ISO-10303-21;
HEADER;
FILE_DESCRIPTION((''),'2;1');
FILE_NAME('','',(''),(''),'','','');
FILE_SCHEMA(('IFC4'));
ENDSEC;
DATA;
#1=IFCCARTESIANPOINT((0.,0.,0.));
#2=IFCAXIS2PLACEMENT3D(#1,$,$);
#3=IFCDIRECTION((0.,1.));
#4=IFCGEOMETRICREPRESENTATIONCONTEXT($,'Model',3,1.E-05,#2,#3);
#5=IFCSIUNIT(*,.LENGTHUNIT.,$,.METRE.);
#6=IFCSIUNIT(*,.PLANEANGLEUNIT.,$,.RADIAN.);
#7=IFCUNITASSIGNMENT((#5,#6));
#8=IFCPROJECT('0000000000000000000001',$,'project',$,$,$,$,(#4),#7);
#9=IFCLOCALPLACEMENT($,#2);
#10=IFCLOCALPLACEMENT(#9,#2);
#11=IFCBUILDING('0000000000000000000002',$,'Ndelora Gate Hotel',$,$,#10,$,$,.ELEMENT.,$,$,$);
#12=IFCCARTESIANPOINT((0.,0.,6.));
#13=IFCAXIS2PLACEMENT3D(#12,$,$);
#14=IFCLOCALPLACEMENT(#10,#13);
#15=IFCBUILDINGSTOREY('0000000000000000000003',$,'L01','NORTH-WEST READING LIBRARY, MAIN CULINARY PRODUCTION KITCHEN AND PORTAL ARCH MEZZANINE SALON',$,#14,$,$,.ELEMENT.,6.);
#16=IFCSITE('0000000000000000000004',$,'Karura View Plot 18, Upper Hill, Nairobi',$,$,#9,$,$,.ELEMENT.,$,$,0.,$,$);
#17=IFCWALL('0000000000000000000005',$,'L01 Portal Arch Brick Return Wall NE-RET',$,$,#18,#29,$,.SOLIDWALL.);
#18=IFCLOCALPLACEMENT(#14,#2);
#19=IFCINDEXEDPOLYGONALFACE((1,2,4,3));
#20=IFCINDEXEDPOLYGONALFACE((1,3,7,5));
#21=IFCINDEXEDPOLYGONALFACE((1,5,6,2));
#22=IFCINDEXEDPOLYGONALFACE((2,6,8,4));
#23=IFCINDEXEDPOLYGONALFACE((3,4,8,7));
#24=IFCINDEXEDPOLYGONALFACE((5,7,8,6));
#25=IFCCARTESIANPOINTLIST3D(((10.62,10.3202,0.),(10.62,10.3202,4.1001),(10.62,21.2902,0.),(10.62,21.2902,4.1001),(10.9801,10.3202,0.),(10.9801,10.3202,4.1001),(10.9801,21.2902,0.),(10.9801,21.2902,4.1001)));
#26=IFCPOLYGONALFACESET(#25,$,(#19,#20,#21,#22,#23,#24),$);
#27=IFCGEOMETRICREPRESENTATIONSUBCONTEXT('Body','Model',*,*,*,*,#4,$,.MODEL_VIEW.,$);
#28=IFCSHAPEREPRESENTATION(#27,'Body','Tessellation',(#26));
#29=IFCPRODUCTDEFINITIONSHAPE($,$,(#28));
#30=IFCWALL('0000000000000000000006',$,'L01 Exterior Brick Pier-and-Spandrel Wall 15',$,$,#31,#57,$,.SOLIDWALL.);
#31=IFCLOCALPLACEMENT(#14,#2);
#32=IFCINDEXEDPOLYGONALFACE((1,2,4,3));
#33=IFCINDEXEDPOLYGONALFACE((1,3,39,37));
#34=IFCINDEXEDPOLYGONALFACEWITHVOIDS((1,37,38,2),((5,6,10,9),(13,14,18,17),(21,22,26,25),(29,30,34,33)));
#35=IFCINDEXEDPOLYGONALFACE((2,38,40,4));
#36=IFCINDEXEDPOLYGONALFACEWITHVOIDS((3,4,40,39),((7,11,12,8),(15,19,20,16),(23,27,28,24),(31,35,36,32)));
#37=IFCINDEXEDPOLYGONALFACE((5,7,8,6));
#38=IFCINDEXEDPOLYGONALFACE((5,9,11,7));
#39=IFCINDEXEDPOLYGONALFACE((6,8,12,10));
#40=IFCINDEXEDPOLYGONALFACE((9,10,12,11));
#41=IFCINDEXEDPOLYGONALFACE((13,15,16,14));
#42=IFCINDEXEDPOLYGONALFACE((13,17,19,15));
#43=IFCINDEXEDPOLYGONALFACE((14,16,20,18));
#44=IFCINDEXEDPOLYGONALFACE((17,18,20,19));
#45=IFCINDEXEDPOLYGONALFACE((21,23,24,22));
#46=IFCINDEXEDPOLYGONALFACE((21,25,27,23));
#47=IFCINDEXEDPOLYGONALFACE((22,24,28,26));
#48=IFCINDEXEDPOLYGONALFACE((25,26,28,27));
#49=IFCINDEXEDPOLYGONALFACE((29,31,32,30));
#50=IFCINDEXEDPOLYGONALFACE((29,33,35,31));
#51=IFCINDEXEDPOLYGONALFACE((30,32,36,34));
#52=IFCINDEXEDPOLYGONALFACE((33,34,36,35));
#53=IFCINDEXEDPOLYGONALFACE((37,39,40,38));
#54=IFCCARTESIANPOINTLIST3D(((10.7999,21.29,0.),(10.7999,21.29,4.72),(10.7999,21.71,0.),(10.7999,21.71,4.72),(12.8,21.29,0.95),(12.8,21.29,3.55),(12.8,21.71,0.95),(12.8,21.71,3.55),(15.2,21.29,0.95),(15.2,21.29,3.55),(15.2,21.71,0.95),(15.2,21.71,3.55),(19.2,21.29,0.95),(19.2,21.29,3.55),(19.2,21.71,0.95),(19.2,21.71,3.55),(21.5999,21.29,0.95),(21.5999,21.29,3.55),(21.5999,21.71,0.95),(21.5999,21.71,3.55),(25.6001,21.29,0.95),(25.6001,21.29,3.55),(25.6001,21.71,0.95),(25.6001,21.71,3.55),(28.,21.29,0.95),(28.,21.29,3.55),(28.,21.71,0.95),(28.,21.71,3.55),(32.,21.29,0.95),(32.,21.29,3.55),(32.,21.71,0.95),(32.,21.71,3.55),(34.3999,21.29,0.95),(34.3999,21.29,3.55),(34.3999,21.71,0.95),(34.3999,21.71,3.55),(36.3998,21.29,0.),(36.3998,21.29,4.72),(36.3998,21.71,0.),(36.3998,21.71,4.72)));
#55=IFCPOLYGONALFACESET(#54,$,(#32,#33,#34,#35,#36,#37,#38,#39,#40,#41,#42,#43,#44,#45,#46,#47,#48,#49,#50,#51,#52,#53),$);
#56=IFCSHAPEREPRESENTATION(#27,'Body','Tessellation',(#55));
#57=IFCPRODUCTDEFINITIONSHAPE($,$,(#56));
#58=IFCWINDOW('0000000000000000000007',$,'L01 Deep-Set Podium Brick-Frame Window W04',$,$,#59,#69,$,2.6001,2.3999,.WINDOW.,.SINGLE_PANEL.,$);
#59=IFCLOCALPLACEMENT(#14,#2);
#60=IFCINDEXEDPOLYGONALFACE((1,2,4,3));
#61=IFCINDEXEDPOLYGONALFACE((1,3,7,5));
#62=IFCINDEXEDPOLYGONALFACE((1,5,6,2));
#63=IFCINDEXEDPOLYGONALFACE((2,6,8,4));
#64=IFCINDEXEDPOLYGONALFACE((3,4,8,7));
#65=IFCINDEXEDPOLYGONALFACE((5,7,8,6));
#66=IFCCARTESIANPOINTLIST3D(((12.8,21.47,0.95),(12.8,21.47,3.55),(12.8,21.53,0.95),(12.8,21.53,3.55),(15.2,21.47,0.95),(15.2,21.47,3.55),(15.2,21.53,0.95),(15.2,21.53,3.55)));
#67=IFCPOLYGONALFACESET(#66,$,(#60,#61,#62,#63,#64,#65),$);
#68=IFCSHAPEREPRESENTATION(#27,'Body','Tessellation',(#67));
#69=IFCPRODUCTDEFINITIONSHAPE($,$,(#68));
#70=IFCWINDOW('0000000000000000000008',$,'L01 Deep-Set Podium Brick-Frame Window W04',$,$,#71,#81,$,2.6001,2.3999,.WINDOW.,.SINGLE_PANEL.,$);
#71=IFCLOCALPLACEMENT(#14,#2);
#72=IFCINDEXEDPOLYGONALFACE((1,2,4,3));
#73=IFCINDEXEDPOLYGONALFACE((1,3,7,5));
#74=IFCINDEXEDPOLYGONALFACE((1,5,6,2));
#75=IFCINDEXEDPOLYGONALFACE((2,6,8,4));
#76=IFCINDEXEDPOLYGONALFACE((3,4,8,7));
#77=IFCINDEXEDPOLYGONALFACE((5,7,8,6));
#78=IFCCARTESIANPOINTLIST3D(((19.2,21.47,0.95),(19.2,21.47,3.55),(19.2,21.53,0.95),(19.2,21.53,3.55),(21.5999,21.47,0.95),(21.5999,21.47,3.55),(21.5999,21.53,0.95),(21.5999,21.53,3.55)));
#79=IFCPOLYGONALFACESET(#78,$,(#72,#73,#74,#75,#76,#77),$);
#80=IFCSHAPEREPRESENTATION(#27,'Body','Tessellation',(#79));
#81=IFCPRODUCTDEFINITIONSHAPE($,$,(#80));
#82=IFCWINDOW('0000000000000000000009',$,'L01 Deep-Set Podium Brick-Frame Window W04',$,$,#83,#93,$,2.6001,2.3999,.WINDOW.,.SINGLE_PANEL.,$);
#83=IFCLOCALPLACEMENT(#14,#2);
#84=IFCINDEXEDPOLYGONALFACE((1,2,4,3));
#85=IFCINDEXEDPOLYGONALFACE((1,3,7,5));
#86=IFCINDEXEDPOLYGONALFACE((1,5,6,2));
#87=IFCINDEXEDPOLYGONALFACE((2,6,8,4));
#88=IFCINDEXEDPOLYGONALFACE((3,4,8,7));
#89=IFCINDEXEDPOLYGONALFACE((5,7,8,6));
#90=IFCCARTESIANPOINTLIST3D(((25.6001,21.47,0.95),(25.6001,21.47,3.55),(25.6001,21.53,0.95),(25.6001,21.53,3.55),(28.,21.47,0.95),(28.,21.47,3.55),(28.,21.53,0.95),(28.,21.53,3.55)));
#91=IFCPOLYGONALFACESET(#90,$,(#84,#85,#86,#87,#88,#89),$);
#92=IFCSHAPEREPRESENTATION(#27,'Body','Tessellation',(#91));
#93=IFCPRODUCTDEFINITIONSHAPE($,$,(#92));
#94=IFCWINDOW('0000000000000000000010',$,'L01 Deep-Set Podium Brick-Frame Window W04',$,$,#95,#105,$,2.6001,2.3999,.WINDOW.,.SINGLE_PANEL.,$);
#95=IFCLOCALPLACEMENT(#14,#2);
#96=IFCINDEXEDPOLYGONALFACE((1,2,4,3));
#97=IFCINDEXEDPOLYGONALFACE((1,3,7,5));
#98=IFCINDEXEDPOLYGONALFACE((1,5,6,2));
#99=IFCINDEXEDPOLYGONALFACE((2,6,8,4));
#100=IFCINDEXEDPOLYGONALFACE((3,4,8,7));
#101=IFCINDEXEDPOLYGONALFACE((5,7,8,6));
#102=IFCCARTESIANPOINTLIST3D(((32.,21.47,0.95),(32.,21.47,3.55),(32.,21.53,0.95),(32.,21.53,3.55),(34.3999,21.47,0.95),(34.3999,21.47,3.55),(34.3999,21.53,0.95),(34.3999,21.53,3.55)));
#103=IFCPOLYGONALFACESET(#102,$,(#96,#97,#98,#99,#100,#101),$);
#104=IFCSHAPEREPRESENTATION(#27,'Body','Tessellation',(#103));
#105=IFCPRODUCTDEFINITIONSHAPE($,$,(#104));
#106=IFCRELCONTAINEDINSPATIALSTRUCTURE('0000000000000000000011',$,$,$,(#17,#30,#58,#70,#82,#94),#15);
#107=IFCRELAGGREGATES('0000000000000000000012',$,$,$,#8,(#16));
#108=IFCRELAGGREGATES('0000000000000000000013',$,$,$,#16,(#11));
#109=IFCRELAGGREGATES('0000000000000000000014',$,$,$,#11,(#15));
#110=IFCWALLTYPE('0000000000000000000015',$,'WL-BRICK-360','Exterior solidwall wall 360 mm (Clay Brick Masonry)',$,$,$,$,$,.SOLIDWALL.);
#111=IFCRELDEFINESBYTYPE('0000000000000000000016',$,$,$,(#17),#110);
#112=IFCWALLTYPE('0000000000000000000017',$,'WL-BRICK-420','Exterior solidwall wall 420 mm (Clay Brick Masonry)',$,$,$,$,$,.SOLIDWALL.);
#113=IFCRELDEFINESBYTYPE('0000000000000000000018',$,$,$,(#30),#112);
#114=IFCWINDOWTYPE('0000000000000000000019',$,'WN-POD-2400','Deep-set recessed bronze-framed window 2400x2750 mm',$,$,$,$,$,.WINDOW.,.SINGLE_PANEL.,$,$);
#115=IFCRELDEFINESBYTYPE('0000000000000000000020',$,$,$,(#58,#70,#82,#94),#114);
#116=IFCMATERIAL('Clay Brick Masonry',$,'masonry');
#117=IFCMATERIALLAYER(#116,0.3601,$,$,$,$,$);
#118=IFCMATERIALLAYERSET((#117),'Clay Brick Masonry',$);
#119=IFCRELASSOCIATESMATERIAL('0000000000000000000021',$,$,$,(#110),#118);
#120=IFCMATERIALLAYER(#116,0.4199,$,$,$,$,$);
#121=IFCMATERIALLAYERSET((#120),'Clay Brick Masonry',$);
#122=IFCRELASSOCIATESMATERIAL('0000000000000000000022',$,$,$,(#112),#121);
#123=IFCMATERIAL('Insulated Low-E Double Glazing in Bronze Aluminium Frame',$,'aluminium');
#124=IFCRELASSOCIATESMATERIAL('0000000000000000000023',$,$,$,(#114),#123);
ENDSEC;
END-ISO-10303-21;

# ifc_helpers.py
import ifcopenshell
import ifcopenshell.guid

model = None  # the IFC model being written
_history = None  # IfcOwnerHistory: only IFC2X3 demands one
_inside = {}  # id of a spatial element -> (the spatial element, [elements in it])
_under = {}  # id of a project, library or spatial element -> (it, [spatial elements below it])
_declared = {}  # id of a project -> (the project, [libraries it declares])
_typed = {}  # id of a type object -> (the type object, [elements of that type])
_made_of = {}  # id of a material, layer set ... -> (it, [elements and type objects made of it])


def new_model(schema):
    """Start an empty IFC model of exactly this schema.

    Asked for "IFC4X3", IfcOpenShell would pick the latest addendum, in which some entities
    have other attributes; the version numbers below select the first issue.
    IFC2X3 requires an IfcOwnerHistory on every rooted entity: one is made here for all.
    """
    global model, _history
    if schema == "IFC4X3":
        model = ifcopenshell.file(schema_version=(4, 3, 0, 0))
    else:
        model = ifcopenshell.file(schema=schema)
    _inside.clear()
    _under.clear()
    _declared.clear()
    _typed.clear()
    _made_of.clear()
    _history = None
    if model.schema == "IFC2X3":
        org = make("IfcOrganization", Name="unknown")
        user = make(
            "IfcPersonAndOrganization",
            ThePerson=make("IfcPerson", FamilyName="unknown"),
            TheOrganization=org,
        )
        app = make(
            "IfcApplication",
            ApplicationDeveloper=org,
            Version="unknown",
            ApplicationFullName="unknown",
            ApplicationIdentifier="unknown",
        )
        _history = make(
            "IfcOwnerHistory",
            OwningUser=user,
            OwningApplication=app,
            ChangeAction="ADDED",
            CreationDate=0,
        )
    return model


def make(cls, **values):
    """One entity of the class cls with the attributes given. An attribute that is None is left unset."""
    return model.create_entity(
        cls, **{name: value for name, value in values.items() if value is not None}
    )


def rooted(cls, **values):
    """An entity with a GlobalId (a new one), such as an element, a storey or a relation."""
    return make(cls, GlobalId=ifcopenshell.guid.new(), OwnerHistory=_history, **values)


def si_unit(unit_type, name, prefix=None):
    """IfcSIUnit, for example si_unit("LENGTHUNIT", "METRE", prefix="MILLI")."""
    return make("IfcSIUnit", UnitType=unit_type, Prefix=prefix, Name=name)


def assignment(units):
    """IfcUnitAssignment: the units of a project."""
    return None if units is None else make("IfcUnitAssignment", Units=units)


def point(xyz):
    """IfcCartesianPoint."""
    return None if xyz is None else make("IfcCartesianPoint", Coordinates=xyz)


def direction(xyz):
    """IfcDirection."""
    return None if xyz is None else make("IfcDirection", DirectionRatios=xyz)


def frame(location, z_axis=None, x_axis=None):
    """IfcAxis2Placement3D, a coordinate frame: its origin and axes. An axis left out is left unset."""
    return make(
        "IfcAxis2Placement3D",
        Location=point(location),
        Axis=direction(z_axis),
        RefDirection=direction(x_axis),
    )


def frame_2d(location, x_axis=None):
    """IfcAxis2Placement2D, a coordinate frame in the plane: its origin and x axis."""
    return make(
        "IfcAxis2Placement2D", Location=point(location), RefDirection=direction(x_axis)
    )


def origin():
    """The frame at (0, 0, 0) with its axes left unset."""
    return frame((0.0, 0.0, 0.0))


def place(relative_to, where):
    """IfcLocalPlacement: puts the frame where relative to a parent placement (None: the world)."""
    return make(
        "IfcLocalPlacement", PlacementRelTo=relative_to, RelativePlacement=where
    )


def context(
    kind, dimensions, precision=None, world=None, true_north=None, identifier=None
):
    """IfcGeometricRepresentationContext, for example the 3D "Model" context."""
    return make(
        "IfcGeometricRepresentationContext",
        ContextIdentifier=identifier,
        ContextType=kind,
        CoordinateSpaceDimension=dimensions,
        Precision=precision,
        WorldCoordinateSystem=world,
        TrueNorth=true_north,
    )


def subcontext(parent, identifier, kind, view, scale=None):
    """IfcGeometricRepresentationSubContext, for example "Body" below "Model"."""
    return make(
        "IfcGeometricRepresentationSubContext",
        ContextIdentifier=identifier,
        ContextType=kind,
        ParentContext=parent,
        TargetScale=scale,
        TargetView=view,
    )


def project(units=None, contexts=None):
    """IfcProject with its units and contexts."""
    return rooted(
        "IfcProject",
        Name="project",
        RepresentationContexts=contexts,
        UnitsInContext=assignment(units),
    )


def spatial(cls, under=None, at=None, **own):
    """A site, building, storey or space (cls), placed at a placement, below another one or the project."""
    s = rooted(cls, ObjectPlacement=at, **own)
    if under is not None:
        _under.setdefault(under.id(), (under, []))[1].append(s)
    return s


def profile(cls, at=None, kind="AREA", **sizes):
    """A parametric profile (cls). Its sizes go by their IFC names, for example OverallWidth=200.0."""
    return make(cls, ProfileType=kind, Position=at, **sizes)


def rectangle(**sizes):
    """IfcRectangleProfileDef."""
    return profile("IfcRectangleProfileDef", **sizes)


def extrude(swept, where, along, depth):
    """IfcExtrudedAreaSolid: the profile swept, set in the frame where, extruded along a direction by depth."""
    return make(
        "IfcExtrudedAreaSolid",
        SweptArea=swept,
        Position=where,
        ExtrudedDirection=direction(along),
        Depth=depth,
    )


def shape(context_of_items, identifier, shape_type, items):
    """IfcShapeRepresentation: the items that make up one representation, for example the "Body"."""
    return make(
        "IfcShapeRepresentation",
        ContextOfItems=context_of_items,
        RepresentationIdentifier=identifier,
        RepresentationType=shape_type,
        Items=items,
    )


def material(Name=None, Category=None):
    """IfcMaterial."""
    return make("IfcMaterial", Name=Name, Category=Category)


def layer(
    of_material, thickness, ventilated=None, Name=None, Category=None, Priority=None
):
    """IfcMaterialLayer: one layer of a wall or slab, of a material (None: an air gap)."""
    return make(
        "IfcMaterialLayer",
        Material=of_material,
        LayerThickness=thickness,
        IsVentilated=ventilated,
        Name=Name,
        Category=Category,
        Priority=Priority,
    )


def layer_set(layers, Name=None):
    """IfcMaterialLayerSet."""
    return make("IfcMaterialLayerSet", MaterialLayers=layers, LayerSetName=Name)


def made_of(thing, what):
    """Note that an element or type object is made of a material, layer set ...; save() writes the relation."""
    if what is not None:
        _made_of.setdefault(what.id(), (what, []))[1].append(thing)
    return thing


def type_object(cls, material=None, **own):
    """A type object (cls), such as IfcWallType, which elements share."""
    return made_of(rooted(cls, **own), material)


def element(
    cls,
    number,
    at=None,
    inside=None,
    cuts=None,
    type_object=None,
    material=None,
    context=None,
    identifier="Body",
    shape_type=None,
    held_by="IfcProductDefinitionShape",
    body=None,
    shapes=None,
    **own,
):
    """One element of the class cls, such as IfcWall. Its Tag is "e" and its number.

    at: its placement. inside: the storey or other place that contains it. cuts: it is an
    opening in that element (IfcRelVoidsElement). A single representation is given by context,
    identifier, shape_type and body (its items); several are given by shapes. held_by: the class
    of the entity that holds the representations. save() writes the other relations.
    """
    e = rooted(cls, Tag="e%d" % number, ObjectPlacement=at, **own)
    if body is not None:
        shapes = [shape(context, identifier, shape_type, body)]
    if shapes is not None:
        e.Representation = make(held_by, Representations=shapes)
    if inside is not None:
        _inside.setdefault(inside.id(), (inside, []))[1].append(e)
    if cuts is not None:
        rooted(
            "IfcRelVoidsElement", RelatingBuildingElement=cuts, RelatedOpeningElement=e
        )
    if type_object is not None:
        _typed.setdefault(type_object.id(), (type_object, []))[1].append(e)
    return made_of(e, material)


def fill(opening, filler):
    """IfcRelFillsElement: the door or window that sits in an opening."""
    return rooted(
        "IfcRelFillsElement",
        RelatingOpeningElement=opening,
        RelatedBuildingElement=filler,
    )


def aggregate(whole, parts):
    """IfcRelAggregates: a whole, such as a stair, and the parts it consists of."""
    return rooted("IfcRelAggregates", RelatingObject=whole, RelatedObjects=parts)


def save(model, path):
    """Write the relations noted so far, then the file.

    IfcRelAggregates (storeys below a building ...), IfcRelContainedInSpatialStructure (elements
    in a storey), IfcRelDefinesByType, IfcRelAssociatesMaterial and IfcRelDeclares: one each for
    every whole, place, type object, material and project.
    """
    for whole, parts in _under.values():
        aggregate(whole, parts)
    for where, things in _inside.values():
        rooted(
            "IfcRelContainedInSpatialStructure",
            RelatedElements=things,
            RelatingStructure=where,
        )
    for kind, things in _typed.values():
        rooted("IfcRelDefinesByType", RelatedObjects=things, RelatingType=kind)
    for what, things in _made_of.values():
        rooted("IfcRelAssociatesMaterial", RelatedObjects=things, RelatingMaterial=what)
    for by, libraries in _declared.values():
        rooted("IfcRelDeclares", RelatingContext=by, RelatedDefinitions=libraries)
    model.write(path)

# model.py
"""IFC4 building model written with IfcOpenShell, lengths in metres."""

from ifc_helpers import new_model, si_unit, direction, frame, frame_2d, origin, place, context, subcontext, project, spatial, rectangle, extrude, material, layer, layer_set, type_object, element, fill, save


model = new_model("IFC4")

# Units and contexts
model_context = context("Model", 3, precision=1e-05, world=origin(), true_north=direction((0.0, 1.0)))
body_context = subcontext(model_context, "Body", "Model", "MODEL_VIEW")
ifc_project = project(units=[si_unit("LENGTHUNIT", "METRE"), si_unit("PLANEANGLEUNIT", "RADIAN")], contexts=[model_context])

# Site, building, storey
site_placement = place(None, origin())
site = spatial("IfcSite", under=ifc_project, at=site_placement, Name="Karura View Plot 18, Upper Hill, Nairobi", CompositionType="ELEMENT", RefElevation=0.0)
building_placement = place(site_placement, origin())
building = spatial("IfcBuilding", under=site, at=building_placement, Name="Ndelora Gate Hotel", CompositionType="ELEMENT")
storey_placement = place(building_placement, frame((0.0, 0.0, 6.0)))
storey = spatial("IfcBuildingStorey", under=building, at=storey_placement, Name="L01", Description="NORTH-WEST READING LIBRARY, MAIN CULINARY PRODUCTION KITCHEN AND PORTAL ARCH MEZZANINE SALON", CompositionType="ELEMENT", Elevation=6.0)

# Wall
ifc_material_1 = material(Name="Clay Brick Masonry", Category="masonry")
ifc_layer_1 = layer(ifc_material_1, 0.3601)
ifc_layer_set_1 = layer_set([ifc_layer_1], Name="Clay Brick Masonry")
wall_type_1 = type_object("IfcWallType", Name="WL-BRICK-360", Description="Exterior solidwall wall 360 mm (Clay Brick Masonry)", PredefinedType="SOLIDWALL", material=ifc_layer_set_1)
wall_1_placement = place(storey_placement, frame((10.8, 21.29, 0.0), z_axis=(0.0, 0.0, 1.0), x_axis=(0.0, -1.0, 0.0)))
element("IfcWall", 1, at=wall_1_placement, inside=storey, type_object=wall_type_1, Name="L01 Portal Arch Brick Return Wall NE-RET", PredefinedType="SOLIDWALL", context=body_context, shape_type="SweptSolid", body=[
    extrude(rectangle(XDim=10.97, YDim=0.3601, at=frame_2d((5.4849, 0.0))), origin(), (0.0, 0.0, 1.0), 4.1001),
])

# Wall, openings, windows
ifc_layer_2 = layer(ifc_material_1, 0.4199)
ifc_layer_set_2 = layer_set([ifc_layer_2], Name="Clay Brick Masonry")
wall_type_2 = type_object("IfcWallType", Name="WL-BRICK-420", Description="Exterior solidwall wall 420 mm (Clay Brick Masonry)", PredefinedType="SOLIDWALL", material=ifc_layer_set_2)
wall_2_placement = place(storey_placement, frame((10.8, 21.5, 0.0), z_axis=(0.0, 0.0, 1.0), x_axis=(1.0, 0.0, 0.0)))
wall_2 = element("IfcWall", 2, at=wall_2_placement, inside=storey, type_object=wall_type_2, Name="L01 Exterior Brick Pier-and-Spandrel Wall 15", PredefinedType="SOLIDWALL", context=body_context, shape_type="SweptSolid", body=[
    extrude(rectangle(XDim=25.5999, YDim=0.4199, at=frame_2d((12.7998, 0.0))), origin(), (0.0, 0.0, 1.0), 4.72),
])
opening_1_placement = place(wall_2_placement, frame((2.0, 0.0, 0.95)))
opening_1 = element("IfcOpeningElement", 3, at=opening_1_placement, cuts=wall_2, PredefinedType="OPENING", context=body_context, shape_type="SweptSolid", body=[
    extrude(rectangle(XDim=2.3999, YDim=2.6001, at=frame_2d((1.2, 1.3))), frame((0.0, 0.22, 0.0), z_axis=(0.0, -1.0, 0.0), x_axis=(1.0, 0.0, 0.0)), (0.0, 0.0, 1.0), 0.4399),
])
opening_2_placement = place(wall_2_placement, frame((8.3999, 0.0, 0.95)))
opening_2 = element("IfcOpeningElement", 4, at=opening_2_placement, cuts=wall_2, PredefinedType="OPENING", context=body_context, shape_type="SweptSolid", body=[
    extrude(rectangle(XDim=2.3999, YDim=2.6001, at=frame_2d((1.2, 1.3))), frame((0.0, 0.22, 0.0), z_axis=(0.0, -1.0, 0.0), x_axis=(1.0, 0.0, 0.0)), (0.0, 0.0, 1.0), 0.4399),
])
opening_3_placement = place(wall_2_placement, frame((14.8, 0.0, 0.95)))
opening_3 = element("IfcOpeningElement", 5, at=opening_3_placement, cuts=wall_2, PredefinedType="OPENING", context=body_context, shape_type="SweptSolid", body=[
    extrude(rectangle(XDim=2.3999, YDim=2.6001, at=frame_2d((1.2, 1.3))), frame((0.0, 0.22, 0.0), z_axis=(0.0, -1.0, 0.0), x_axis=(1.0, 0.0, 0.0)), (0.0, 0.0, 1.0), 0.4399),
])
opening_4_placement = place(wall_2_placement, frame((21.2, 0.0, 0.95)))
opening_4 = element("IfcOpeningElement", 6, at=opening_4_placement, cuts=wall_2, PredefinedType="OPENING", context=body_context, shape_type="SweptSolid", body=[
    extrude(rectangle(XDim=2.3999, YDim=2.6001, at=frame_2d((1.2, 1.3))), frame((0.0, 0.22, 0.0), z_axis=(0.0, -1.0, 0.0), x_axis=(1.0, 0.0, 0.0)), (0.0, 0.0, 1.0), 0.4399),
])
ifc_material_2 = material(Name="Insulated Low-E Double Glazing in Bronze Aluminium Frame", Category="aluminium")
window_type = type_object("IfcWindowType", Name="WN-POD-2400", Description="Deep-set recessed bronze-framed window 2400x2750 mm", PartitioningType="SINGLE_PANEL", PredefinedType="WINDOW", material=ifc_material_2)
window_1_placement = place(opening_1_placement, origin())
window_1 = element("IfcWindow", 7, at=window_1_placement, inside=storey, type_object=window_type, Name="L01 Deep-Set Podium Brick-Frame Window W04", OverallHeight=2.6001, OverallWidth=2.3999, PartitioningType="SINGLE_PANEL", PredefinedType="WINDOW", context=body_context, shape_type="SweptSolid", body=[
    extrude(rectangle(XDim=2.3999, YDim=2.6001, at=frame_2d((1.2, 1.3))), frame((0.0, 0.03, 0.0), z_axis=(0.0, -1.0, 0.0), x_axis=(1.0, 0.0, 0.0)), (0.0, 0.0, 1.0), 0.0601),
])
fill(opening_1, window_1)
window_2_placement = place(opening_2_placement, origin())
window_2 = element("IfcWindow", 8, at=window_2_placement, inside=storey, type_object=window_type, Name="L01 Deep-Set Podium Brick-Frame Window W04", OverallHeight=2.6001, OverallWidth=2.3999, PartitioningType="SINGLE_PANEL", PredefinedType="WINDOW", context=body_context, shape_type="SweptSolid", body=[
    extrude(rectangle(XDim=2.3999, YDim=2.6001, at=frame_2d((1.2, 1.3))), frame((0.0, 0.03, 0.0), z_axis=(0.0, -1.0, 0.0), x_axis=(1.0, 0.0, 0.0)), (0.0, 0.0, 1.0), 0.0601),
])
fill(opening_2, window_2)
window_3_placement = place(opening_3_placement, origin())
window_3 = element("IfcWindow", 9, at=window_3_placement, inside=storey, type_object=window_type, Name="L01 Deep-Set Podium Brick-Frame Window W04", OverallHeight=2.6001, OverallWidth=2.3999, PartitioningType="SINGLE_PANEL", PredefinedType="WINDOW", context=body_context, shape_type="SweptSolid", body=[
    extrude(rectangle(XDim=2.3999, YDim=2.6001, at=frame_2d((1.2, 1.3))), frame((0.0, 0.03, 0.0), z_axis=(0.0, -1.0, 0.0), x_axis=(1.0, 0.0, 0.0)), (0.0, 0.0, 1.0), 0.0601),
])
fill(opening_3, window_3)
window_4_placement = place(opening_4_placement, origin())
window_4 = element("IfcWindow", 10, at=window_4_placement, inside=storey, type_object=window_type, Name="L01 Deep-Set Podium Brick-Frame Window W04", OverallHeight=2.6001, OverallWidth=2.3999, PartitioningType="SINGLE_PANEL", PredefinedType="WINDOW", context=body_context, shape_type="SweptSolid", body=[
    extrude(rectangle(XDim=2.3999, YDim=2.6001, at=frame_2d((1.2, 1.3))), frame((0.0, 0.03, 0.0), z_axis=(0.0, -1.0, 0.0), x_axis=(1.0, 0.0, 0.0)), (0.0, 0.0, 1.0), 0.0601),
])
fill(opening_4, window_4)

save(model, "model.ifc")
